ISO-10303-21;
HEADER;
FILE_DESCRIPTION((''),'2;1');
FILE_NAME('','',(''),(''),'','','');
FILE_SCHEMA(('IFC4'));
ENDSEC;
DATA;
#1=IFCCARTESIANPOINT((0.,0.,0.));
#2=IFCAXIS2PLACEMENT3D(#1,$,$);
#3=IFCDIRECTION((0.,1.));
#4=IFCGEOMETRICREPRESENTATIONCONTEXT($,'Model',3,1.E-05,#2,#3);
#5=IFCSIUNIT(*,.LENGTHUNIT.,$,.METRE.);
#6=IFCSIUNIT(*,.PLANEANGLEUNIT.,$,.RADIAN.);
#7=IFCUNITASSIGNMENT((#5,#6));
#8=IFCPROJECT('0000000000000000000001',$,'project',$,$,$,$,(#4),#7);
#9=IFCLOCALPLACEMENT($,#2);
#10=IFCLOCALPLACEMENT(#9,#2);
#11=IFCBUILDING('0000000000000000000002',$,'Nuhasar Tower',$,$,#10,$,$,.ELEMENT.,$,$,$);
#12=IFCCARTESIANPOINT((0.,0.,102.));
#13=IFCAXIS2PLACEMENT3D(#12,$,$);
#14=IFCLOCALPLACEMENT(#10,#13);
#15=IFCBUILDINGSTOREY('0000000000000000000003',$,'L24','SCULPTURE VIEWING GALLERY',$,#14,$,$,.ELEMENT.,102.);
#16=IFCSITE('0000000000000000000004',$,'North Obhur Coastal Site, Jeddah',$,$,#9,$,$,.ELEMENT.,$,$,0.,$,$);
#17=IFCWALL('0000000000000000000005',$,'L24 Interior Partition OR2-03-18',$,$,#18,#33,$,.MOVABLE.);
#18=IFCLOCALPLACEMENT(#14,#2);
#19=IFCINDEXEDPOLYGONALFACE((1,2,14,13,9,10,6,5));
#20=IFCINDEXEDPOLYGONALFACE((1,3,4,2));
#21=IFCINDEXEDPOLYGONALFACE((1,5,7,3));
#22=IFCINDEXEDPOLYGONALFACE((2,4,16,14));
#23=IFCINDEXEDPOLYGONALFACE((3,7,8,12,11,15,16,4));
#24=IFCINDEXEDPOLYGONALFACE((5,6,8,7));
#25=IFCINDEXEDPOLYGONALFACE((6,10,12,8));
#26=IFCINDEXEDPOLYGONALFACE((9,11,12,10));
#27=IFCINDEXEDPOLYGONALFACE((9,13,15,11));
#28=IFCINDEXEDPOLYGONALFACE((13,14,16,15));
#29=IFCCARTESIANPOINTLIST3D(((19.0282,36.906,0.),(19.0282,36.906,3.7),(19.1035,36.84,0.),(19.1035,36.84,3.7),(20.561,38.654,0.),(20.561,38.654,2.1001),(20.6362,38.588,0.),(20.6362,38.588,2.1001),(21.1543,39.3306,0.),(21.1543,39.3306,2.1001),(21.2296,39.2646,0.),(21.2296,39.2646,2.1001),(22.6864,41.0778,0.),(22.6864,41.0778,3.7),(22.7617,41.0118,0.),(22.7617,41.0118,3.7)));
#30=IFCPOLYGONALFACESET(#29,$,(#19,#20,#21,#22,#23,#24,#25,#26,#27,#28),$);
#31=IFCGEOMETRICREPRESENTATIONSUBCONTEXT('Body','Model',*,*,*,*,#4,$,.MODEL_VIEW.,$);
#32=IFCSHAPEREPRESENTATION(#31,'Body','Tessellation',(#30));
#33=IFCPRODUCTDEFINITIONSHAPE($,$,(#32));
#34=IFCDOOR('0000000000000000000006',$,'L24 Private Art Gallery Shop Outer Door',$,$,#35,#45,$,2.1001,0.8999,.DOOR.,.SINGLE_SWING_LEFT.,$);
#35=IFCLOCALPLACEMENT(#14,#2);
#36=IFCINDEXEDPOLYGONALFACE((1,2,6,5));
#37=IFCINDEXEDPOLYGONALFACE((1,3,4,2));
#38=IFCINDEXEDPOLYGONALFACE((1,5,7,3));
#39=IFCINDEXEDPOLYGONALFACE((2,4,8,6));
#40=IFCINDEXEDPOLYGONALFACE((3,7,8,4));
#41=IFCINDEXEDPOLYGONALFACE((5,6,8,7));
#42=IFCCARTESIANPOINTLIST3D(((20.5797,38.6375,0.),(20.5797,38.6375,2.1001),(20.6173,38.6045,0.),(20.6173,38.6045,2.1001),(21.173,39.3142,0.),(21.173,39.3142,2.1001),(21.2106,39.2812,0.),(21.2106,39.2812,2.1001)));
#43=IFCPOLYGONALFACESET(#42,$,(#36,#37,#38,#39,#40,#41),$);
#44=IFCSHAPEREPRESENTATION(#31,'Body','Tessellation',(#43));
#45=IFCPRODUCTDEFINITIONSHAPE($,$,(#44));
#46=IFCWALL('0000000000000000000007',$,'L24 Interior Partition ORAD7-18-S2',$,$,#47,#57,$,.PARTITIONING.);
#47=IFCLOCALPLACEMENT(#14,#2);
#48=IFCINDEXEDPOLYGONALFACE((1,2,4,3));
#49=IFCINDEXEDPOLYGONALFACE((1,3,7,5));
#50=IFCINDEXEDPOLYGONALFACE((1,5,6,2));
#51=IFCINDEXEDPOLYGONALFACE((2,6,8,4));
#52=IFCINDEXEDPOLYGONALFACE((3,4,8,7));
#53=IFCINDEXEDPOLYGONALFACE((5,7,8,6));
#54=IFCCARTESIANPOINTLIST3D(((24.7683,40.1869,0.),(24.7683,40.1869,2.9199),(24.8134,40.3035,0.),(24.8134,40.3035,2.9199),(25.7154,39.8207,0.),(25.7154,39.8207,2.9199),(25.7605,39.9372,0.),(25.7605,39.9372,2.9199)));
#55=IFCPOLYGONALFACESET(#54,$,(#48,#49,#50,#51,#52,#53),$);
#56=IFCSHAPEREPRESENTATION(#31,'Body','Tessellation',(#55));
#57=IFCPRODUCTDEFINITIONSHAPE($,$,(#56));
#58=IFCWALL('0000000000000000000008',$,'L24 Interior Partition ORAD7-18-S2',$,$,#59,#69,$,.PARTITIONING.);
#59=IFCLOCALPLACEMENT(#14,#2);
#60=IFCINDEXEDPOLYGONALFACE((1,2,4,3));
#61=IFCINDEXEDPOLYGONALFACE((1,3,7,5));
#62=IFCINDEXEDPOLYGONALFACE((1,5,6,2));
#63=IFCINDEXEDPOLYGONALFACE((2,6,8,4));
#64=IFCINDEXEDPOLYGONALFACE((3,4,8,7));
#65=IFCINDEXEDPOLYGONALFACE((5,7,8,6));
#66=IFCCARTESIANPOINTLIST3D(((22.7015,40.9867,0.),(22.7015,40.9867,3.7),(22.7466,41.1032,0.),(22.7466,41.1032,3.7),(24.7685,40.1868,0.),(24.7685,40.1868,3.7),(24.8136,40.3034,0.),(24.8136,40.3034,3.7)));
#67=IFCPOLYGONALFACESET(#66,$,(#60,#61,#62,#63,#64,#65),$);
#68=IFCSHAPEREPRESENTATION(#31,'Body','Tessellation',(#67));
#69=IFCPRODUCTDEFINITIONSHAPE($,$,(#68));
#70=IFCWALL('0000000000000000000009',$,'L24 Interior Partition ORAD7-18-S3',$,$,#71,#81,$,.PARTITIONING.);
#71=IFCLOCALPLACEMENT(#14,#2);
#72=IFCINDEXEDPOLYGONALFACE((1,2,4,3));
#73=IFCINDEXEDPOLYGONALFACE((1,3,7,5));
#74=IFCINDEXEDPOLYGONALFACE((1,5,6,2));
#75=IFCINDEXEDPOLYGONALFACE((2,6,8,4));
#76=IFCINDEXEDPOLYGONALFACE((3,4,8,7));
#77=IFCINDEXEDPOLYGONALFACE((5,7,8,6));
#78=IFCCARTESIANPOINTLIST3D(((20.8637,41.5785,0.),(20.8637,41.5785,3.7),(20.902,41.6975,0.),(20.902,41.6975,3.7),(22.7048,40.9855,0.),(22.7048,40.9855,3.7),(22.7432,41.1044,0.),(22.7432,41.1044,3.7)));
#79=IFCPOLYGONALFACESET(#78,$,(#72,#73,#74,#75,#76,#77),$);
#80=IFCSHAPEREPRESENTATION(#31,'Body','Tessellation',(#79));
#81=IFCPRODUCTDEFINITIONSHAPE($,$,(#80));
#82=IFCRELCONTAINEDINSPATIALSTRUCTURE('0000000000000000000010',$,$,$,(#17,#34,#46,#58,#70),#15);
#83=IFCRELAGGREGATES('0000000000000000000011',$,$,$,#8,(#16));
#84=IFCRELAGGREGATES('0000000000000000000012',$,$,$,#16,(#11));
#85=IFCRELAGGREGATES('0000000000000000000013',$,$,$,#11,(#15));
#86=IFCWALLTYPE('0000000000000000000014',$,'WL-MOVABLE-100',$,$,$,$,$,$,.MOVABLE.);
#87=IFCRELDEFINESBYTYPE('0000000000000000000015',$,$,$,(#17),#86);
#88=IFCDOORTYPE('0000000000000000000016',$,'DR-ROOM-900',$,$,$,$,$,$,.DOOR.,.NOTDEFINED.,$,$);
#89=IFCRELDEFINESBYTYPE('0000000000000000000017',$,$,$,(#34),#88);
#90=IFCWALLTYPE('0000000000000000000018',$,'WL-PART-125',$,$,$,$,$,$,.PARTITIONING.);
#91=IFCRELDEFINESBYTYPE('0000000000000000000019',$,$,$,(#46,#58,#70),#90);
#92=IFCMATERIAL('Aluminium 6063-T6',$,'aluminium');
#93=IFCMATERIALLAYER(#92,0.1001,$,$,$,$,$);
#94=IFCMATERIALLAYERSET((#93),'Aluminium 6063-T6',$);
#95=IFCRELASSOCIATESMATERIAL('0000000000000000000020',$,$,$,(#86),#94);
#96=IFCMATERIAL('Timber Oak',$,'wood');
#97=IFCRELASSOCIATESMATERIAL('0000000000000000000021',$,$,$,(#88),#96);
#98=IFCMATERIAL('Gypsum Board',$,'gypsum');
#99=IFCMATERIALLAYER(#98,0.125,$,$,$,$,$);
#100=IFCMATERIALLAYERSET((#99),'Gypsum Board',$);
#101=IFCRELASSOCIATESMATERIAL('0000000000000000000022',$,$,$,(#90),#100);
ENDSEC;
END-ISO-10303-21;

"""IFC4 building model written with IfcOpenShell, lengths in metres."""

from ifc_helpers import new_model, si_unit, direction, frame, frame_2d, origin, place, context, subcontext, project, spatial, rectangle, extrude, material, layer, layer_set, type_object, element, fill, save


model = new_model("IFC4")

# Units and contexts
model_context = context("Model", 3, precision=1e-05, world=origin(), true_north=direction((0.0, 1.0)))
body_context = subcontext(model_context, "Body", "Model", "MODEL_VIEW")
ifc_project = project(units=[si_unit("LENGTHUNIT", "METRE"), si_unit("PLANEANGLEUNIT", "RADIAN")], contexts=[model_context])

# Site, building, storey
site_placement = place(None, origin())
site = spatial("IfcSite", under=ifc_project, at=site_placement, Name="North Obhur Coastal Site, Jeddah", CompositionType="ELEMENT", RefElevation=0.0)
building_placement = place(site_placement, origin())
building = spatial("IfcBuilding", under=site, at=building_placement, Name="Nuhasar Tower", CompositionType="ELEMENT")
storey_placement = place(building_placement, frame((0.0, 0.0, 102.0)))
storey = spatial("IfcBuildingStorey", under=building, at=storey_placement, Name="L24", Description="SCULPTURE VIEWING GALLERY", CompositionType="ELEMENT", Elevation=102.0)

# Shared definitions
ifc_material_1 = material(Name="Aluminium 6063-T6", Category="aluminium")

# Shared definitions
ifc_layer_1 = layer(ifc_material_1, 0.1001)
ifc_layer_set_1 = layer_set([ifc_layer_1], Name="Aluminium 6063-T6")
wall_type_1 = type_object("IfcWallType", Name="WL-MOVABLE-100", PredefinedType="MOVABLE", material=ifc_layer_set_1)

# Wall, opening, door
wall_1_placement = place(storey_placement, frame((22.7241, 41.0449, 0.0), z_axis=(0.0, 0.0, 1.0), x_axis=(-0.659302, -0.751878, 0.0)))
wall_1 = element("IfcWall", 1, at=wall_1_placement, inside=storey, type_object=wall_type_1, Name="L24 Interior Partition OR2-03-18", PredefinedType="MOVABLE", context=body_context, shape_type="SweptSolid", body=[
    extrude(rectangle(XDim=5.5486, YDim=0.1001, at=frame_2d((2.7744, 0.0))), origin(), (0.0, 0.0, 1.0), 3.7),
])
opening_placement = place(wall_1_placement, frame((2.324, 0.0, 0.0)))
opening = element("IfcOpeningElement", 2, at=opening_placement, cuts=wall_1, PredefinedType="OPENING", context=body_context, shape_type="SweptSolid", body=[
    extrude(rectangle(XDim=0.8999, YDim=2.1001, at=frame_2d((0.45, 1.05))), frame((0.0, 0.0601, 0.0), z_axis=(0.0, -1.0, 0.0), x_axis=(1.0, 0.0, 0.0)), (0.0, 0.0, 1.0), 0.1201),
])
ifc_material_2 = material(Name="Timber Oak", Category="wood")
door_type = type_object("IfcDoorType", Name="DR-ROOM-900", OperationType="NOTDEFINED", PredefinedType="DOOR", material=ifc_material_2)
door_placement = place(opening_placement, origin())
door = element("IfcDoor", 3, at=door_placement, inside=storey, type_object=door_type, Name="L24 Private Art Gallery Shop Outer Door", OperationType="SINGLE_SWING_LEFT", OverallHeight=2.1001, OverallWidth=0.8999, PredefinedType="DOOR", context=body_context, shape_type="SweptSolid", body=[
    extrude(rectangle(XDim=0.8999, YDim=2.1001, at=frame_2d((0.45, 1.05))), frame((0.0, 0.0249, 0.0), z_axis=(0.0, -1.0, 0.0), x_axis=(1.0, 0.0, 0.0)), (0.0, 0.0, 1.0), 0.05),
])
fill(opening, door)

# Walls
ifc_material_3 = material(Name="Gypsum Board", Category="gypsum")
ifc_layer_2 = layer(ifc_material_3, 0.125)
ifc_layer_set_2 = layer_set([ifc_layer_2], Name="Gypsum Board")
wall_type_2 = type_object("IfcWallType", Name="WL-PART-125", PredefinedType="PARTITIONING", material=ifc_layer_set_2)
wall_2_placement = place(storey_placement, frame((25.738, 39.8789, 0.0), z_axis=(0.0, 0.0, 1.0), x_axis=(-0.932693, 0.36067, 0.0)))
element("IfcWall", 4, at=wall_2_placement, inside=storey, type_object=wall_type_2, Name="L24 Interior Partition ORAD7-18-S2", PredefinedType="PARTITIONING", context=body_context, shape_type="SweptSolid", body=[
    extrude(rectangle(XDim=1.0154, YDim=0.125, at=frame_2d((0.5078, 0.0))), origin(), (0.0, 0.0, 1.0), 2.9199),
])
wall_3_placement = place(storey_placement, frame((24.791, 40.2451, 0.0), z_axis=(0.0, 0.0, 1.0), x_axis=(-0.932611, 0.360883, 0.0)))
element("IfcWall", 5, at=wall_3_placement, inside=storey, type_object=wall_type_2, Name="L24 Interior Partition ORAD7-18-S2", PredefinedType="PARTITIONING", context=body_context, shape_type="SweptSolid", body=[
    extrude(rectangle(XDim=2.2163, YDim=0.125, at=frame_2d((1.1082, 0.0))), origin(), (0.0, 0.0, 1.0), 3.7),
])
wall_4_placement = place(storey_placement, frame((22.7241, 41.0449, 0.0), z_axis=(0.0, 0.0, 1.0), x_axis=(-0.951841, 0.306593, 0.0)))
element("IfcWall", 6, at=wall_4_placement, inside=storey, type_object=wall_type_2, Name="L24 Interior Partition ORAD7-18-S3", PredefinedType="PARTITIONING", context=body_context, shape_type="SweptSolid", body=[
    extrude(rectangle(XDim=1.9343, YDim=0.125, at=frame_2d((0.9673, 0.0))), origin(), (0.0, 0.0, 1.0), 3.7),
])

save(model, "model.ifc")
